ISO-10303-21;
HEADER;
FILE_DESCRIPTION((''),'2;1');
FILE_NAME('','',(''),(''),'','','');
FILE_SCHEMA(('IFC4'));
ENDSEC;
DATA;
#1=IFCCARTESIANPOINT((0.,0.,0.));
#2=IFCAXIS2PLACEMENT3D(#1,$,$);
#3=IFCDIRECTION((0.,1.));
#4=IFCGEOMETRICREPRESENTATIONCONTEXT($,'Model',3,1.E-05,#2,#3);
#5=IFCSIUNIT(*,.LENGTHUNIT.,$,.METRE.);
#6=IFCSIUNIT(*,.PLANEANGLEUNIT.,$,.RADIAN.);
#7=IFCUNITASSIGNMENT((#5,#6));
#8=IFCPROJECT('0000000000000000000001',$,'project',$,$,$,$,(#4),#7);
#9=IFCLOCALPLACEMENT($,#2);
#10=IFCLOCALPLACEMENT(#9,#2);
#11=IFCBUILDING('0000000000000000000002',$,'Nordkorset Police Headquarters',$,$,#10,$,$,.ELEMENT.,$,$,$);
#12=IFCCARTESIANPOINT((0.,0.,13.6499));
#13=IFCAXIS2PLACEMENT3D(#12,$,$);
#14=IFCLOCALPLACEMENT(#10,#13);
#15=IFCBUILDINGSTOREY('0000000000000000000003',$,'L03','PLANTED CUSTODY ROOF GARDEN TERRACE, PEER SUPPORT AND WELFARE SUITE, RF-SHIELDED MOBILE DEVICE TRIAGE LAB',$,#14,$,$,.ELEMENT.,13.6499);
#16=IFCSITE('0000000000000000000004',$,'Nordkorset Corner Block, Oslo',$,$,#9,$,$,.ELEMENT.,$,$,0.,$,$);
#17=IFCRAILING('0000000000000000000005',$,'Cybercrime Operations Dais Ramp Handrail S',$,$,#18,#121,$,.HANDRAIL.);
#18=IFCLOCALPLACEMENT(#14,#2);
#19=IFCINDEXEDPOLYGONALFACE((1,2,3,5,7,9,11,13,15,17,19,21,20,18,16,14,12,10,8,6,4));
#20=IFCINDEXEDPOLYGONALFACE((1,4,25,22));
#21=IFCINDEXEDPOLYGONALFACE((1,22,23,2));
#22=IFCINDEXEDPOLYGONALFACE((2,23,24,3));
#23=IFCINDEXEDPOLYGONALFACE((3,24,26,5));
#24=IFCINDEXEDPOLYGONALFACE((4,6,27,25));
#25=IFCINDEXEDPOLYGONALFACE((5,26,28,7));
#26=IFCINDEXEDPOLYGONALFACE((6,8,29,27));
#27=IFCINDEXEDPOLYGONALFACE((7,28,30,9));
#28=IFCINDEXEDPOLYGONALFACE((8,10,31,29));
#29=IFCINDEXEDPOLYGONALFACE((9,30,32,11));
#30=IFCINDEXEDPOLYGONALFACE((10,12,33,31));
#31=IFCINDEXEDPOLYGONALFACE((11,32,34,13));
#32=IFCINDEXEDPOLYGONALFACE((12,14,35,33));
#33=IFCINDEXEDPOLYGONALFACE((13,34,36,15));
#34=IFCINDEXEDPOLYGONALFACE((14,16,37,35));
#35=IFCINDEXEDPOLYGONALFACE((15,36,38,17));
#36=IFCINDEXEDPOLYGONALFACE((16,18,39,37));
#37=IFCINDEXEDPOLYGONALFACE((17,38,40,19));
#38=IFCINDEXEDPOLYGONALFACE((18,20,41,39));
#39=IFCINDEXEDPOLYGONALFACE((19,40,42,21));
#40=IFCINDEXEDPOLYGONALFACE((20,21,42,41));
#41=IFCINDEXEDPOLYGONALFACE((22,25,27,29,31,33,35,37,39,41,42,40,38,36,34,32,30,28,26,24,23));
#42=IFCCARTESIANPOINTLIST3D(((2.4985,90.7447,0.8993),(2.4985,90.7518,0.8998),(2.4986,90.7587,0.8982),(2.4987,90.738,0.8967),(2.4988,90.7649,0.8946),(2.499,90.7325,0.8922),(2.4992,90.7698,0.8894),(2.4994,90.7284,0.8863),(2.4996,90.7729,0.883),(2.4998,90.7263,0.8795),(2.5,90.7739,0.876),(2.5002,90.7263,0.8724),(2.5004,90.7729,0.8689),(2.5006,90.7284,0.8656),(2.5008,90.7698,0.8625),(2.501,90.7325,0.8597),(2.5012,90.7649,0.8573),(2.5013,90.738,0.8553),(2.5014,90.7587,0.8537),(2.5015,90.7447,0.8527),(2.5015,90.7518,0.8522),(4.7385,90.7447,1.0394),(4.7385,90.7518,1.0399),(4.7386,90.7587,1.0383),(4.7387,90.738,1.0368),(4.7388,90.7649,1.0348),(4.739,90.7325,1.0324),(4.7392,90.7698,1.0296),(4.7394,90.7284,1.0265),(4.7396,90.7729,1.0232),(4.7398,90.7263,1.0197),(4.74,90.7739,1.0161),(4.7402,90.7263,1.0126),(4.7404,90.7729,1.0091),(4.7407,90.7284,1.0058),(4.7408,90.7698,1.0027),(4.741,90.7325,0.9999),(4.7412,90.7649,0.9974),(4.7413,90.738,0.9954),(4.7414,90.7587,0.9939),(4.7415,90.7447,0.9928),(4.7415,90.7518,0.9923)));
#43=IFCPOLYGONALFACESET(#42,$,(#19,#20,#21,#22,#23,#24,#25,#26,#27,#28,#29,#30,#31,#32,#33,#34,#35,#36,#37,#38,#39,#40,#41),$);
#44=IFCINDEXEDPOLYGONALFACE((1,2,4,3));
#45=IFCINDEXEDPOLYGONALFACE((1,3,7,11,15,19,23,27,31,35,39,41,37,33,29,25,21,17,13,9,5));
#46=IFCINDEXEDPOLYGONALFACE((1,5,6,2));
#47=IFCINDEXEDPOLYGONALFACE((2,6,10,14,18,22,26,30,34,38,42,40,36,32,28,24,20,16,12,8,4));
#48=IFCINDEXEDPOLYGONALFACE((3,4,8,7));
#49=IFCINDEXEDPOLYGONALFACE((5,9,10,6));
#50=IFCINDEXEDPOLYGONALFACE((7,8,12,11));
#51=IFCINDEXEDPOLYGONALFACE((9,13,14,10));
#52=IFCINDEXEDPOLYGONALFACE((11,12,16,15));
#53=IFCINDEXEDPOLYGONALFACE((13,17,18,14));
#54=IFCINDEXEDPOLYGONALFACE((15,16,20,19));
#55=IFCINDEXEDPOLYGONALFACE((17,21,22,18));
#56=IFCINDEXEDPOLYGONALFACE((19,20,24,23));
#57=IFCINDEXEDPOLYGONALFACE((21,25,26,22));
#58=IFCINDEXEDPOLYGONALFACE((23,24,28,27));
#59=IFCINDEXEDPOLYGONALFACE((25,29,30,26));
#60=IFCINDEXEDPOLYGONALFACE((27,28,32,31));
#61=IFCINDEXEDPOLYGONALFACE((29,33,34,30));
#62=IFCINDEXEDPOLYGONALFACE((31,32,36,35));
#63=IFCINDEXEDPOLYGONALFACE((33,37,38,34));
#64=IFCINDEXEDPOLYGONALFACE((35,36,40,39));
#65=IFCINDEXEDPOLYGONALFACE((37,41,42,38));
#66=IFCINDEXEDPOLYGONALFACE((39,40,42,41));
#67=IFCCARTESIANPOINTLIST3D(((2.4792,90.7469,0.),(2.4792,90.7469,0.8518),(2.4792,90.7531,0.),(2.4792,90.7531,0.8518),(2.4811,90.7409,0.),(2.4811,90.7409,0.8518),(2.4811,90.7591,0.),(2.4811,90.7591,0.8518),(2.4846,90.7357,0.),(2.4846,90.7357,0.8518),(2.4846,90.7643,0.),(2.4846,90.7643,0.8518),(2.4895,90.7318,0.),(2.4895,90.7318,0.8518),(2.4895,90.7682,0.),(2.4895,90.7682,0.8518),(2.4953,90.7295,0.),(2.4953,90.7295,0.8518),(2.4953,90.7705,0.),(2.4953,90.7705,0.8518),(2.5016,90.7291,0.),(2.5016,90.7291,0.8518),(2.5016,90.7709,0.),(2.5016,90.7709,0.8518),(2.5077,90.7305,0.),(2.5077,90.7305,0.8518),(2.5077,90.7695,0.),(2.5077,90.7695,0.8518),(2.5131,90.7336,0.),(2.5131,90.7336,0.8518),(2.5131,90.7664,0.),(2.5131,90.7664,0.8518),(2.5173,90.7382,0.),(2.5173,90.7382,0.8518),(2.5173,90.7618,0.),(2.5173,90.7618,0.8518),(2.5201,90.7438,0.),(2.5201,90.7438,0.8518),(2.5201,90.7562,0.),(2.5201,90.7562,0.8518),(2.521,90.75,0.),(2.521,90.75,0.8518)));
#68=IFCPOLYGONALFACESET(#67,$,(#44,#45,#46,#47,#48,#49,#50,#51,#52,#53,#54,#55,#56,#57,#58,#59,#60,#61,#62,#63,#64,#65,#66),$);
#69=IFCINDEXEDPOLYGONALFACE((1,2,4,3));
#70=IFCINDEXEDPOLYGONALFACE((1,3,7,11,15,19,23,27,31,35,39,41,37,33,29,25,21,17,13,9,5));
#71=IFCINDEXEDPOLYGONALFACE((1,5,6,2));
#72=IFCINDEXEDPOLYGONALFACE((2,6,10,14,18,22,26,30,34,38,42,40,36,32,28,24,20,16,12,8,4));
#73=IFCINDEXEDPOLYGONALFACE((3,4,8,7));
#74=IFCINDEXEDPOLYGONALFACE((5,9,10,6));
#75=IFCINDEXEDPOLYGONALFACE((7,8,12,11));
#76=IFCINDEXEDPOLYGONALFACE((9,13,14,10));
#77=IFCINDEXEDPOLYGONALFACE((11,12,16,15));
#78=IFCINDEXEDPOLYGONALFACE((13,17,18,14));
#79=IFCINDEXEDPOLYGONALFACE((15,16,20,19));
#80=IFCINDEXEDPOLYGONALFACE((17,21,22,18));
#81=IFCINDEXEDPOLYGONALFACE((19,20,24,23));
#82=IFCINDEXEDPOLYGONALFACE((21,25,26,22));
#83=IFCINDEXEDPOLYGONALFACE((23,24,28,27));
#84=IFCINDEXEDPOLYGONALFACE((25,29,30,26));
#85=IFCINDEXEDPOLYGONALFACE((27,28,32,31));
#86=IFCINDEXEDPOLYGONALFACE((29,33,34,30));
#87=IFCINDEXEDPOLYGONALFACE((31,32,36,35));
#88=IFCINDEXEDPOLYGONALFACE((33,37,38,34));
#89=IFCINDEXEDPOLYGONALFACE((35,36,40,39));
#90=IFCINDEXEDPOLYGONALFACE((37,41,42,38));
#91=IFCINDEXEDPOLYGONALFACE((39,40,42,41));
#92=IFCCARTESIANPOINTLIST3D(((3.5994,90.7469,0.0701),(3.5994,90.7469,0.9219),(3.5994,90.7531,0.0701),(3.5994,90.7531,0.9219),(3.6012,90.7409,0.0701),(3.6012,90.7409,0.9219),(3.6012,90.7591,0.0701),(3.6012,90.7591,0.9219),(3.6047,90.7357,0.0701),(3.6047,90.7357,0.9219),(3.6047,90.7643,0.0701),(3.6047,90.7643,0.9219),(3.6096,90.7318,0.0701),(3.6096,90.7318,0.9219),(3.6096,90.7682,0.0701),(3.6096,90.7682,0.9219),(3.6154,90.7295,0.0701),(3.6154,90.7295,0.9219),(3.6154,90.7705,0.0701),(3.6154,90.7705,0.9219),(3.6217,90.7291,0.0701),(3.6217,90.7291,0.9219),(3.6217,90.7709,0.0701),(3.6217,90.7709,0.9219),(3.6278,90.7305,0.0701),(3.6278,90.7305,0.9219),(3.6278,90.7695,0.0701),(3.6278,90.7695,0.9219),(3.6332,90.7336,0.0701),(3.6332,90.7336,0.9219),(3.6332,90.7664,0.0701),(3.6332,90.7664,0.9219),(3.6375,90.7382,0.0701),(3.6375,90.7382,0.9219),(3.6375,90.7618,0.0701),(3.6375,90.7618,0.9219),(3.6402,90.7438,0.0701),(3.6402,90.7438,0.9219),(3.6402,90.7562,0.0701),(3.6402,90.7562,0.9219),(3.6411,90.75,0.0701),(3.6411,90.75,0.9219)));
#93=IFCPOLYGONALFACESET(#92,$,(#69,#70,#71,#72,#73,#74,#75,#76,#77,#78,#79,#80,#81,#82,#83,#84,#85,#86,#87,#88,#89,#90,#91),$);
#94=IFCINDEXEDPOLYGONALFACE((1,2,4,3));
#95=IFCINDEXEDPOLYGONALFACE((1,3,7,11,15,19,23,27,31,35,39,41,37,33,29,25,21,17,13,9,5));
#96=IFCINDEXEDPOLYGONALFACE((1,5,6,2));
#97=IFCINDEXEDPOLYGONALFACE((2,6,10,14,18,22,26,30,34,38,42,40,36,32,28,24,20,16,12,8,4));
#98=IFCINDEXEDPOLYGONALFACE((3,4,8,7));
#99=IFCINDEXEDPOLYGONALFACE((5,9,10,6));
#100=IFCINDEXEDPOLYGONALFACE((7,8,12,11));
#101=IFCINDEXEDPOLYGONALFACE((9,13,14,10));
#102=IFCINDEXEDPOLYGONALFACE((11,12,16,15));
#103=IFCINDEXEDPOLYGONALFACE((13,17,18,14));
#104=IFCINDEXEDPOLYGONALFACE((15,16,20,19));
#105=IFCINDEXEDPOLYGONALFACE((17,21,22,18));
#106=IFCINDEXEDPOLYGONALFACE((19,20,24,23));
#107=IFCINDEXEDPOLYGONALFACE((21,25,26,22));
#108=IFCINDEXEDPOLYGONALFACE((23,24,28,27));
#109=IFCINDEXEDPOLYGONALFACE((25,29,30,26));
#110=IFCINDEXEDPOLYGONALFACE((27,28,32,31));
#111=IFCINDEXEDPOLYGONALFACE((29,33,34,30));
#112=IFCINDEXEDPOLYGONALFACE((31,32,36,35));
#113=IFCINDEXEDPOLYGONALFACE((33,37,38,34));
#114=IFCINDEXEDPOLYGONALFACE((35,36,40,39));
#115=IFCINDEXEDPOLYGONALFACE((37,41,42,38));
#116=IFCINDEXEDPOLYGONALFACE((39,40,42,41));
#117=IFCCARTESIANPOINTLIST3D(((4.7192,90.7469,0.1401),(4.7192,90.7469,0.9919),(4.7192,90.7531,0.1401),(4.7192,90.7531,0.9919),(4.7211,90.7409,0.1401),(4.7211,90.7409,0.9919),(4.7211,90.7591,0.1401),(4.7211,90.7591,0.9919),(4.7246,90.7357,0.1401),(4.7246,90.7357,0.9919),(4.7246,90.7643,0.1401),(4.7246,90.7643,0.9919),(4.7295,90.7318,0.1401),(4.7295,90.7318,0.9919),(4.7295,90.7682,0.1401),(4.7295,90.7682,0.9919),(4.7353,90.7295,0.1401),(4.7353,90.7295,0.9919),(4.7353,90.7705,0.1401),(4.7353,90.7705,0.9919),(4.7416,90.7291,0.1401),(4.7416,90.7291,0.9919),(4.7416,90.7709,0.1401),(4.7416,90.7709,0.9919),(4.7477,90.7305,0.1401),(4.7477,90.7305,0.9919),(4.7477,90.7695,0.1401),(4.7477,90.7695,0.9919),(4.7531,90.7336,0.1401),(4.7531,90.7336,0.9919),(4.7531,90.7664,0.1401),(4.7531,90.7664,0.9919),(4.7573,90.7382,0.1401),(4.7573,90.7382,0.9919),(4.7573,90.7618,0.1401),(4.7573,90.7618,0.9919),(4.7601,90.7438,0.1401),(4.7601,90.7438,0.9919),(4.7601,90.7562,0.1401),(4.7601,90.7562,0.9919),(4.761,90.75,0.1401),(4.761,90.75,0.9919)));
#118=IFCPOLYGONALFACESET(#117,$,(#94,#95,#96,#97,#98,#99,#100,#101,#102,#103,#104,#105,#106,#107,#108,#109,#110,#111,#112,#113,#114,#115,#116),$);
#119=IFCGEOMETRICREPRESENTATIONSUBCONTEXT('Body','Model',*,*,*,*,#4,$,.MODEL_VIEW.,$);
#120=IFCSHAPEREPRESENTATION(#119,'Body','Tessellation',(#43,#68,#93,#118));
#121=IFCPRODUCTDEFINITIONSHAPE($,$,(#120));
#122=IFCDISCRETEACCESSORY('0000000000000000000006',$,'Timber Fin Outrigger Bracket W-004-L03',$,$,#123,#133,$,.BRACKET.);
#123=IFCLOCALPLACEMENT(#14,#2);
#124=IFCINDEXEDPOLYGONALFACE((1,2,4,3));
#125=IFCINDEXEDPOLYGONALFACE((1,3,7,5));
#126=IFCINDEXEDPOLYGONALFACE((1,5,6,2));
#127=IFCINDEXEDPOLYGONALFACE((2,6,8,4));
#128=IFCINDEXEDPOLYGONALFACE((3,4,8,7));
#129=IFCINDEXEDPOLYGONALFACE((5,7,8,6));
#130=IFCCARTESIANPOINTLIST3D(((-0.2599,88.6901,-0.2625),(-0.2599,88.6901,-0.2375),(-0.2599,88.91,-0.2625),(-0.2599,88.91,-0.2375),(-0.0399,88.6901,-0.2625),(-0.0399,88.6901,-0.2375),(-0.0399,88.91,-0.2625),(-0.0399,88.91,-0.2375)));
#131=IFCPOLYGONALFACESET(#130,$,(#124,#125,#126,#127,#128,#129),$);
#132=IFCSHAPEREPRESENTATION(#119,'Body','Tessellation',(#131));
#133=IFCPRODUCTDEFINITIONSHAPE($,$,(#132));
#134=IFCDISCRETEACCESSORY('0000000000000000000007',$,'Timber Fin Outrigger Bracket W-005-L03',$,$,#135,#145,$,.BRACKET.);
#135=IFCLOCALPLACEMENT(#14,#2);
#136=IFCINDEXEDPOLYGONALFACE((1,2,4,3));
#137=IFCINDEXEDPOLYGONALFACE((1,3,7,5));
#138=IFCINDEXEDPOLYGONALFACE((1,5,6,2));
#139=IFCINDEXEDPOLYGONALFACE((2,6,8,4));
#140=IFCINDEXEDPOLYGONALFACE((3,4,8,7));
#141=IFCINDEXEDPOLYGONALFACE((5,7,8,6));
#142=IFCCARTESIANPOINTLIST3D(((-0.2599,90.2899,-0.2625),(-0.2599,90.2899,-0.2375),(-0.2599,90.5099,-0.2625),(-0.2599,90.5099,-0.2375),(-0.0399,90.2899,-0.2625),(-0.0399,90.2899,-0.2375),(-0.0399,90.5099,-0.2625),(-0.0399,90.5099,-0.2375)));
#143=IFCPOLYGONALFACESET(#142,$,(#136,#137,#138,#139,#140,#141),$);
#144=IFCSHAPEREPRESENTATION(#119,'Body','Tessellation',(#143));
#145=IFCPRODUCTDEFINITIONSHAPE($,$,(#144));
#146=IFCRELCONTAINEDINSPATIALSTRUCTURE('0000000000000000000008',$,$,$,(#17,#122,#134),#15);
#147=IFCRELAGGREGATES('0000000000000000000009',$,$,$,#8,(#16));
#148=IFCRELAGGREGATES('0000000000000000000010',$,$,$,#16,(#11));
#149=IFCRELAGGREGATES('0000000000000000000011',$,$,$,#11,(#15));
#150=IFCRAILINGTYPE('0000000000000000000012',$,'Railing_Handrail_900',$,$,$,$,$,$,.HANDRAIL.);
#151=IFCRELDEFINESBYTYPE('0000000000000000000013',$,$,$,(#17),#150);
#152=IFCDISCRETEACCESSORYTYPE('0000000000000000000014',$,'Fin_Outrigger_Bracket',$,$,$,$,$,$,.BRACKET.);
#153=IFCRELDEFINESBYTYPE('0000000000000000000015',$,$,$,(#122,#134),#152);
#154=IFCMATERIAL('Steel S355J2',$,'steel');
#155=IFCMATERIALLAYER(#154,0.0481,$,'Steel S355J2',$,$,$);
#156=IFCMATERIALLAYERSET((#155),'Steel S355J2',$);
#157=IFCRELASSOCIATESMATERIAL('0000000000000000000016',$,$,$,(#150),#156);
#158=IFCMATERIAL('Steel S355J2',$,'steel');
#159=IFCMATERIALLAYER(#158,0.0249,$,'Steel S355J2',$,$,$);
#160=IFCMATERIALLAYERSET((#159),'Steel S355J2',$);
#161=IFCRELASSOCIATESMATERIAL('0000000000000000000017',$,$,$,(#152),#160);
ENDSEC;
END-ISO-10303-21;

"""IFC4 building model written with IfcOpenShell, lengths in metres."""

from ifc_helpers import new_model, si_unit, direction, frame, origin, origin_2d, place, context, subcontext, project, spatial, rectangle, circle, extrude, material, layer, layer_set, type_object, element, save


model = new_model("IFC4")

# Units and contexts
model_context = context("Model", 3, precision=1e-05, world=origin(), true_north=direction((0.0, 1.0)))
body_context = subcontext(model_context, "Body", "Model", "MODEL_VIEW")
ifc_project = project(units=[si_unit("LENGTHUNIT", "METRE"), si_unit("PLANEANGLEUNIT", "RADIAN")], contexts=[model_context])

# Site, building, storey
site_placement = place(None, origin())
site = spatial("IfcSite", under=ifc_project, at=site_placement, Name="Nordkorset Corner Block, Oslo", CompositionType="ELEMENT", RefElevation=0.0)
building_placement = place(site_placement, origin())
building = spatial("IfcBuilding", under=site, at=building_placement, Name="Nordkorset Police Headquarters", CompositionType="ELEMENT")
storey_placement = place(building_placement, frame((0.0, 0.0, 13.6499)))
storey = spatial("IfcBuildingStorey", under=building, at=storey_placement, Name="L03", Description="PLANTED CUSTODY ROOF GARDEN TERRACE, PEER SUPPORT AND WELFARE SUITE, RF-SHIELDED MOBILE DEVICE TRIAGE LAB", CompositionType="ELEMENT", Elevation=13.6499)

# Railing
ifc_material_1 = material(Name="Steel S355J2", Category="steel")
ifc_layer_1 = layer(ifc_material_1, 0.0481, Name="Steel S355J2")
ifc_layer_set_1 = layer_set([ifc_layer_1], Name="Steel S355J2")
railing_type = type_object("IfcRailingType", Name="Railing_Handrail_900", PredefinedType="HANDRAIL", material=ifc_layer_set_1)
railing_placement = place(storey_placement, frame((2.5, 90.75, 0.0)))
element("IfcRailing", 1, at=railing_placement, inside=storey, type_object=railing_type, Name="Cybercrime Operations Dais Ramp Handrail S", PredefinedType="HANDRAIL", context=body_context, shape_type="SweptSolid", body=[
    extrude(circle(Radius=0.0239, at=origin_2d()), frame((0.0, 0.0, 0.876), z_axis=(0.998049, 0.0, 0.062439), x_axis=(0.0, 1.0, 0.0)), (0.0, 0.0, 1.0), 2.2444),
    extrude(circle(Radius=0.021, at=origin_2d()), origin(), (0.0, 0.0, 1.0), 0.8518),
    extrude(circle(Radius=0.021, at=origin_2d()), frame((1.1201, 0.0, 0.0701)), (0.0, 0.0, 1.0), 0.8518),
    extrude(circle(Radius=0.021, at=origin_2d()), frame((2.24, 0.0, 0.1401)), (0.0, 0.0, 1.0), 0.8518),
])

# Discrete accessories
ifc_material_2 = material(Name="Steel S355J2", Category="steel")
ifc_layer_2 = layer(ifc_material_2, 0.0249, Name="Steel S355J2")
ifc_layer_set_2 = layer_set([ifc_layer_2], Name="Steel S355J2")
discrete_accessory_type = type_object("IfcDiscreteAccessoryType", Name="Fin_Outrigger_Bracket", PredefinedType="BRACKET", material=ifc_layer_set_2)
for number, where, z_axis, x_axis, name in (
    (2, (-0.1499, 88.8, -0.2625), (0.0, 0.0, 1.0), (1.0, 0.0, 0.0), "Timber Fin Outrigger Bracket W-004-L03"),
    (3, (-0.1499, 90.3999, -0.2625), (0.0, 0.0, 1.0), (1.0, 0.0, 0.0), "Timber Fin Outrigger Bracket W-005-L03"),
):
    element("IfcDiscreteAccessory", number, at=place(storey_placement, frame(where, z_axis=z_axis, x_axis=x_axis)), inside=storey, type_object=discrete_accessory_type, Name=name, PredefinedType="BRACKET", context=body_context, shape_type="SweptSolid", body=[
        extrude(rectangle(XDim=0.22, YDim=0.22, at=origin_2d()), origin(), (0.0, 0.0, 1.0), 0.0249),
    ])

save(model, "model.ifc")
